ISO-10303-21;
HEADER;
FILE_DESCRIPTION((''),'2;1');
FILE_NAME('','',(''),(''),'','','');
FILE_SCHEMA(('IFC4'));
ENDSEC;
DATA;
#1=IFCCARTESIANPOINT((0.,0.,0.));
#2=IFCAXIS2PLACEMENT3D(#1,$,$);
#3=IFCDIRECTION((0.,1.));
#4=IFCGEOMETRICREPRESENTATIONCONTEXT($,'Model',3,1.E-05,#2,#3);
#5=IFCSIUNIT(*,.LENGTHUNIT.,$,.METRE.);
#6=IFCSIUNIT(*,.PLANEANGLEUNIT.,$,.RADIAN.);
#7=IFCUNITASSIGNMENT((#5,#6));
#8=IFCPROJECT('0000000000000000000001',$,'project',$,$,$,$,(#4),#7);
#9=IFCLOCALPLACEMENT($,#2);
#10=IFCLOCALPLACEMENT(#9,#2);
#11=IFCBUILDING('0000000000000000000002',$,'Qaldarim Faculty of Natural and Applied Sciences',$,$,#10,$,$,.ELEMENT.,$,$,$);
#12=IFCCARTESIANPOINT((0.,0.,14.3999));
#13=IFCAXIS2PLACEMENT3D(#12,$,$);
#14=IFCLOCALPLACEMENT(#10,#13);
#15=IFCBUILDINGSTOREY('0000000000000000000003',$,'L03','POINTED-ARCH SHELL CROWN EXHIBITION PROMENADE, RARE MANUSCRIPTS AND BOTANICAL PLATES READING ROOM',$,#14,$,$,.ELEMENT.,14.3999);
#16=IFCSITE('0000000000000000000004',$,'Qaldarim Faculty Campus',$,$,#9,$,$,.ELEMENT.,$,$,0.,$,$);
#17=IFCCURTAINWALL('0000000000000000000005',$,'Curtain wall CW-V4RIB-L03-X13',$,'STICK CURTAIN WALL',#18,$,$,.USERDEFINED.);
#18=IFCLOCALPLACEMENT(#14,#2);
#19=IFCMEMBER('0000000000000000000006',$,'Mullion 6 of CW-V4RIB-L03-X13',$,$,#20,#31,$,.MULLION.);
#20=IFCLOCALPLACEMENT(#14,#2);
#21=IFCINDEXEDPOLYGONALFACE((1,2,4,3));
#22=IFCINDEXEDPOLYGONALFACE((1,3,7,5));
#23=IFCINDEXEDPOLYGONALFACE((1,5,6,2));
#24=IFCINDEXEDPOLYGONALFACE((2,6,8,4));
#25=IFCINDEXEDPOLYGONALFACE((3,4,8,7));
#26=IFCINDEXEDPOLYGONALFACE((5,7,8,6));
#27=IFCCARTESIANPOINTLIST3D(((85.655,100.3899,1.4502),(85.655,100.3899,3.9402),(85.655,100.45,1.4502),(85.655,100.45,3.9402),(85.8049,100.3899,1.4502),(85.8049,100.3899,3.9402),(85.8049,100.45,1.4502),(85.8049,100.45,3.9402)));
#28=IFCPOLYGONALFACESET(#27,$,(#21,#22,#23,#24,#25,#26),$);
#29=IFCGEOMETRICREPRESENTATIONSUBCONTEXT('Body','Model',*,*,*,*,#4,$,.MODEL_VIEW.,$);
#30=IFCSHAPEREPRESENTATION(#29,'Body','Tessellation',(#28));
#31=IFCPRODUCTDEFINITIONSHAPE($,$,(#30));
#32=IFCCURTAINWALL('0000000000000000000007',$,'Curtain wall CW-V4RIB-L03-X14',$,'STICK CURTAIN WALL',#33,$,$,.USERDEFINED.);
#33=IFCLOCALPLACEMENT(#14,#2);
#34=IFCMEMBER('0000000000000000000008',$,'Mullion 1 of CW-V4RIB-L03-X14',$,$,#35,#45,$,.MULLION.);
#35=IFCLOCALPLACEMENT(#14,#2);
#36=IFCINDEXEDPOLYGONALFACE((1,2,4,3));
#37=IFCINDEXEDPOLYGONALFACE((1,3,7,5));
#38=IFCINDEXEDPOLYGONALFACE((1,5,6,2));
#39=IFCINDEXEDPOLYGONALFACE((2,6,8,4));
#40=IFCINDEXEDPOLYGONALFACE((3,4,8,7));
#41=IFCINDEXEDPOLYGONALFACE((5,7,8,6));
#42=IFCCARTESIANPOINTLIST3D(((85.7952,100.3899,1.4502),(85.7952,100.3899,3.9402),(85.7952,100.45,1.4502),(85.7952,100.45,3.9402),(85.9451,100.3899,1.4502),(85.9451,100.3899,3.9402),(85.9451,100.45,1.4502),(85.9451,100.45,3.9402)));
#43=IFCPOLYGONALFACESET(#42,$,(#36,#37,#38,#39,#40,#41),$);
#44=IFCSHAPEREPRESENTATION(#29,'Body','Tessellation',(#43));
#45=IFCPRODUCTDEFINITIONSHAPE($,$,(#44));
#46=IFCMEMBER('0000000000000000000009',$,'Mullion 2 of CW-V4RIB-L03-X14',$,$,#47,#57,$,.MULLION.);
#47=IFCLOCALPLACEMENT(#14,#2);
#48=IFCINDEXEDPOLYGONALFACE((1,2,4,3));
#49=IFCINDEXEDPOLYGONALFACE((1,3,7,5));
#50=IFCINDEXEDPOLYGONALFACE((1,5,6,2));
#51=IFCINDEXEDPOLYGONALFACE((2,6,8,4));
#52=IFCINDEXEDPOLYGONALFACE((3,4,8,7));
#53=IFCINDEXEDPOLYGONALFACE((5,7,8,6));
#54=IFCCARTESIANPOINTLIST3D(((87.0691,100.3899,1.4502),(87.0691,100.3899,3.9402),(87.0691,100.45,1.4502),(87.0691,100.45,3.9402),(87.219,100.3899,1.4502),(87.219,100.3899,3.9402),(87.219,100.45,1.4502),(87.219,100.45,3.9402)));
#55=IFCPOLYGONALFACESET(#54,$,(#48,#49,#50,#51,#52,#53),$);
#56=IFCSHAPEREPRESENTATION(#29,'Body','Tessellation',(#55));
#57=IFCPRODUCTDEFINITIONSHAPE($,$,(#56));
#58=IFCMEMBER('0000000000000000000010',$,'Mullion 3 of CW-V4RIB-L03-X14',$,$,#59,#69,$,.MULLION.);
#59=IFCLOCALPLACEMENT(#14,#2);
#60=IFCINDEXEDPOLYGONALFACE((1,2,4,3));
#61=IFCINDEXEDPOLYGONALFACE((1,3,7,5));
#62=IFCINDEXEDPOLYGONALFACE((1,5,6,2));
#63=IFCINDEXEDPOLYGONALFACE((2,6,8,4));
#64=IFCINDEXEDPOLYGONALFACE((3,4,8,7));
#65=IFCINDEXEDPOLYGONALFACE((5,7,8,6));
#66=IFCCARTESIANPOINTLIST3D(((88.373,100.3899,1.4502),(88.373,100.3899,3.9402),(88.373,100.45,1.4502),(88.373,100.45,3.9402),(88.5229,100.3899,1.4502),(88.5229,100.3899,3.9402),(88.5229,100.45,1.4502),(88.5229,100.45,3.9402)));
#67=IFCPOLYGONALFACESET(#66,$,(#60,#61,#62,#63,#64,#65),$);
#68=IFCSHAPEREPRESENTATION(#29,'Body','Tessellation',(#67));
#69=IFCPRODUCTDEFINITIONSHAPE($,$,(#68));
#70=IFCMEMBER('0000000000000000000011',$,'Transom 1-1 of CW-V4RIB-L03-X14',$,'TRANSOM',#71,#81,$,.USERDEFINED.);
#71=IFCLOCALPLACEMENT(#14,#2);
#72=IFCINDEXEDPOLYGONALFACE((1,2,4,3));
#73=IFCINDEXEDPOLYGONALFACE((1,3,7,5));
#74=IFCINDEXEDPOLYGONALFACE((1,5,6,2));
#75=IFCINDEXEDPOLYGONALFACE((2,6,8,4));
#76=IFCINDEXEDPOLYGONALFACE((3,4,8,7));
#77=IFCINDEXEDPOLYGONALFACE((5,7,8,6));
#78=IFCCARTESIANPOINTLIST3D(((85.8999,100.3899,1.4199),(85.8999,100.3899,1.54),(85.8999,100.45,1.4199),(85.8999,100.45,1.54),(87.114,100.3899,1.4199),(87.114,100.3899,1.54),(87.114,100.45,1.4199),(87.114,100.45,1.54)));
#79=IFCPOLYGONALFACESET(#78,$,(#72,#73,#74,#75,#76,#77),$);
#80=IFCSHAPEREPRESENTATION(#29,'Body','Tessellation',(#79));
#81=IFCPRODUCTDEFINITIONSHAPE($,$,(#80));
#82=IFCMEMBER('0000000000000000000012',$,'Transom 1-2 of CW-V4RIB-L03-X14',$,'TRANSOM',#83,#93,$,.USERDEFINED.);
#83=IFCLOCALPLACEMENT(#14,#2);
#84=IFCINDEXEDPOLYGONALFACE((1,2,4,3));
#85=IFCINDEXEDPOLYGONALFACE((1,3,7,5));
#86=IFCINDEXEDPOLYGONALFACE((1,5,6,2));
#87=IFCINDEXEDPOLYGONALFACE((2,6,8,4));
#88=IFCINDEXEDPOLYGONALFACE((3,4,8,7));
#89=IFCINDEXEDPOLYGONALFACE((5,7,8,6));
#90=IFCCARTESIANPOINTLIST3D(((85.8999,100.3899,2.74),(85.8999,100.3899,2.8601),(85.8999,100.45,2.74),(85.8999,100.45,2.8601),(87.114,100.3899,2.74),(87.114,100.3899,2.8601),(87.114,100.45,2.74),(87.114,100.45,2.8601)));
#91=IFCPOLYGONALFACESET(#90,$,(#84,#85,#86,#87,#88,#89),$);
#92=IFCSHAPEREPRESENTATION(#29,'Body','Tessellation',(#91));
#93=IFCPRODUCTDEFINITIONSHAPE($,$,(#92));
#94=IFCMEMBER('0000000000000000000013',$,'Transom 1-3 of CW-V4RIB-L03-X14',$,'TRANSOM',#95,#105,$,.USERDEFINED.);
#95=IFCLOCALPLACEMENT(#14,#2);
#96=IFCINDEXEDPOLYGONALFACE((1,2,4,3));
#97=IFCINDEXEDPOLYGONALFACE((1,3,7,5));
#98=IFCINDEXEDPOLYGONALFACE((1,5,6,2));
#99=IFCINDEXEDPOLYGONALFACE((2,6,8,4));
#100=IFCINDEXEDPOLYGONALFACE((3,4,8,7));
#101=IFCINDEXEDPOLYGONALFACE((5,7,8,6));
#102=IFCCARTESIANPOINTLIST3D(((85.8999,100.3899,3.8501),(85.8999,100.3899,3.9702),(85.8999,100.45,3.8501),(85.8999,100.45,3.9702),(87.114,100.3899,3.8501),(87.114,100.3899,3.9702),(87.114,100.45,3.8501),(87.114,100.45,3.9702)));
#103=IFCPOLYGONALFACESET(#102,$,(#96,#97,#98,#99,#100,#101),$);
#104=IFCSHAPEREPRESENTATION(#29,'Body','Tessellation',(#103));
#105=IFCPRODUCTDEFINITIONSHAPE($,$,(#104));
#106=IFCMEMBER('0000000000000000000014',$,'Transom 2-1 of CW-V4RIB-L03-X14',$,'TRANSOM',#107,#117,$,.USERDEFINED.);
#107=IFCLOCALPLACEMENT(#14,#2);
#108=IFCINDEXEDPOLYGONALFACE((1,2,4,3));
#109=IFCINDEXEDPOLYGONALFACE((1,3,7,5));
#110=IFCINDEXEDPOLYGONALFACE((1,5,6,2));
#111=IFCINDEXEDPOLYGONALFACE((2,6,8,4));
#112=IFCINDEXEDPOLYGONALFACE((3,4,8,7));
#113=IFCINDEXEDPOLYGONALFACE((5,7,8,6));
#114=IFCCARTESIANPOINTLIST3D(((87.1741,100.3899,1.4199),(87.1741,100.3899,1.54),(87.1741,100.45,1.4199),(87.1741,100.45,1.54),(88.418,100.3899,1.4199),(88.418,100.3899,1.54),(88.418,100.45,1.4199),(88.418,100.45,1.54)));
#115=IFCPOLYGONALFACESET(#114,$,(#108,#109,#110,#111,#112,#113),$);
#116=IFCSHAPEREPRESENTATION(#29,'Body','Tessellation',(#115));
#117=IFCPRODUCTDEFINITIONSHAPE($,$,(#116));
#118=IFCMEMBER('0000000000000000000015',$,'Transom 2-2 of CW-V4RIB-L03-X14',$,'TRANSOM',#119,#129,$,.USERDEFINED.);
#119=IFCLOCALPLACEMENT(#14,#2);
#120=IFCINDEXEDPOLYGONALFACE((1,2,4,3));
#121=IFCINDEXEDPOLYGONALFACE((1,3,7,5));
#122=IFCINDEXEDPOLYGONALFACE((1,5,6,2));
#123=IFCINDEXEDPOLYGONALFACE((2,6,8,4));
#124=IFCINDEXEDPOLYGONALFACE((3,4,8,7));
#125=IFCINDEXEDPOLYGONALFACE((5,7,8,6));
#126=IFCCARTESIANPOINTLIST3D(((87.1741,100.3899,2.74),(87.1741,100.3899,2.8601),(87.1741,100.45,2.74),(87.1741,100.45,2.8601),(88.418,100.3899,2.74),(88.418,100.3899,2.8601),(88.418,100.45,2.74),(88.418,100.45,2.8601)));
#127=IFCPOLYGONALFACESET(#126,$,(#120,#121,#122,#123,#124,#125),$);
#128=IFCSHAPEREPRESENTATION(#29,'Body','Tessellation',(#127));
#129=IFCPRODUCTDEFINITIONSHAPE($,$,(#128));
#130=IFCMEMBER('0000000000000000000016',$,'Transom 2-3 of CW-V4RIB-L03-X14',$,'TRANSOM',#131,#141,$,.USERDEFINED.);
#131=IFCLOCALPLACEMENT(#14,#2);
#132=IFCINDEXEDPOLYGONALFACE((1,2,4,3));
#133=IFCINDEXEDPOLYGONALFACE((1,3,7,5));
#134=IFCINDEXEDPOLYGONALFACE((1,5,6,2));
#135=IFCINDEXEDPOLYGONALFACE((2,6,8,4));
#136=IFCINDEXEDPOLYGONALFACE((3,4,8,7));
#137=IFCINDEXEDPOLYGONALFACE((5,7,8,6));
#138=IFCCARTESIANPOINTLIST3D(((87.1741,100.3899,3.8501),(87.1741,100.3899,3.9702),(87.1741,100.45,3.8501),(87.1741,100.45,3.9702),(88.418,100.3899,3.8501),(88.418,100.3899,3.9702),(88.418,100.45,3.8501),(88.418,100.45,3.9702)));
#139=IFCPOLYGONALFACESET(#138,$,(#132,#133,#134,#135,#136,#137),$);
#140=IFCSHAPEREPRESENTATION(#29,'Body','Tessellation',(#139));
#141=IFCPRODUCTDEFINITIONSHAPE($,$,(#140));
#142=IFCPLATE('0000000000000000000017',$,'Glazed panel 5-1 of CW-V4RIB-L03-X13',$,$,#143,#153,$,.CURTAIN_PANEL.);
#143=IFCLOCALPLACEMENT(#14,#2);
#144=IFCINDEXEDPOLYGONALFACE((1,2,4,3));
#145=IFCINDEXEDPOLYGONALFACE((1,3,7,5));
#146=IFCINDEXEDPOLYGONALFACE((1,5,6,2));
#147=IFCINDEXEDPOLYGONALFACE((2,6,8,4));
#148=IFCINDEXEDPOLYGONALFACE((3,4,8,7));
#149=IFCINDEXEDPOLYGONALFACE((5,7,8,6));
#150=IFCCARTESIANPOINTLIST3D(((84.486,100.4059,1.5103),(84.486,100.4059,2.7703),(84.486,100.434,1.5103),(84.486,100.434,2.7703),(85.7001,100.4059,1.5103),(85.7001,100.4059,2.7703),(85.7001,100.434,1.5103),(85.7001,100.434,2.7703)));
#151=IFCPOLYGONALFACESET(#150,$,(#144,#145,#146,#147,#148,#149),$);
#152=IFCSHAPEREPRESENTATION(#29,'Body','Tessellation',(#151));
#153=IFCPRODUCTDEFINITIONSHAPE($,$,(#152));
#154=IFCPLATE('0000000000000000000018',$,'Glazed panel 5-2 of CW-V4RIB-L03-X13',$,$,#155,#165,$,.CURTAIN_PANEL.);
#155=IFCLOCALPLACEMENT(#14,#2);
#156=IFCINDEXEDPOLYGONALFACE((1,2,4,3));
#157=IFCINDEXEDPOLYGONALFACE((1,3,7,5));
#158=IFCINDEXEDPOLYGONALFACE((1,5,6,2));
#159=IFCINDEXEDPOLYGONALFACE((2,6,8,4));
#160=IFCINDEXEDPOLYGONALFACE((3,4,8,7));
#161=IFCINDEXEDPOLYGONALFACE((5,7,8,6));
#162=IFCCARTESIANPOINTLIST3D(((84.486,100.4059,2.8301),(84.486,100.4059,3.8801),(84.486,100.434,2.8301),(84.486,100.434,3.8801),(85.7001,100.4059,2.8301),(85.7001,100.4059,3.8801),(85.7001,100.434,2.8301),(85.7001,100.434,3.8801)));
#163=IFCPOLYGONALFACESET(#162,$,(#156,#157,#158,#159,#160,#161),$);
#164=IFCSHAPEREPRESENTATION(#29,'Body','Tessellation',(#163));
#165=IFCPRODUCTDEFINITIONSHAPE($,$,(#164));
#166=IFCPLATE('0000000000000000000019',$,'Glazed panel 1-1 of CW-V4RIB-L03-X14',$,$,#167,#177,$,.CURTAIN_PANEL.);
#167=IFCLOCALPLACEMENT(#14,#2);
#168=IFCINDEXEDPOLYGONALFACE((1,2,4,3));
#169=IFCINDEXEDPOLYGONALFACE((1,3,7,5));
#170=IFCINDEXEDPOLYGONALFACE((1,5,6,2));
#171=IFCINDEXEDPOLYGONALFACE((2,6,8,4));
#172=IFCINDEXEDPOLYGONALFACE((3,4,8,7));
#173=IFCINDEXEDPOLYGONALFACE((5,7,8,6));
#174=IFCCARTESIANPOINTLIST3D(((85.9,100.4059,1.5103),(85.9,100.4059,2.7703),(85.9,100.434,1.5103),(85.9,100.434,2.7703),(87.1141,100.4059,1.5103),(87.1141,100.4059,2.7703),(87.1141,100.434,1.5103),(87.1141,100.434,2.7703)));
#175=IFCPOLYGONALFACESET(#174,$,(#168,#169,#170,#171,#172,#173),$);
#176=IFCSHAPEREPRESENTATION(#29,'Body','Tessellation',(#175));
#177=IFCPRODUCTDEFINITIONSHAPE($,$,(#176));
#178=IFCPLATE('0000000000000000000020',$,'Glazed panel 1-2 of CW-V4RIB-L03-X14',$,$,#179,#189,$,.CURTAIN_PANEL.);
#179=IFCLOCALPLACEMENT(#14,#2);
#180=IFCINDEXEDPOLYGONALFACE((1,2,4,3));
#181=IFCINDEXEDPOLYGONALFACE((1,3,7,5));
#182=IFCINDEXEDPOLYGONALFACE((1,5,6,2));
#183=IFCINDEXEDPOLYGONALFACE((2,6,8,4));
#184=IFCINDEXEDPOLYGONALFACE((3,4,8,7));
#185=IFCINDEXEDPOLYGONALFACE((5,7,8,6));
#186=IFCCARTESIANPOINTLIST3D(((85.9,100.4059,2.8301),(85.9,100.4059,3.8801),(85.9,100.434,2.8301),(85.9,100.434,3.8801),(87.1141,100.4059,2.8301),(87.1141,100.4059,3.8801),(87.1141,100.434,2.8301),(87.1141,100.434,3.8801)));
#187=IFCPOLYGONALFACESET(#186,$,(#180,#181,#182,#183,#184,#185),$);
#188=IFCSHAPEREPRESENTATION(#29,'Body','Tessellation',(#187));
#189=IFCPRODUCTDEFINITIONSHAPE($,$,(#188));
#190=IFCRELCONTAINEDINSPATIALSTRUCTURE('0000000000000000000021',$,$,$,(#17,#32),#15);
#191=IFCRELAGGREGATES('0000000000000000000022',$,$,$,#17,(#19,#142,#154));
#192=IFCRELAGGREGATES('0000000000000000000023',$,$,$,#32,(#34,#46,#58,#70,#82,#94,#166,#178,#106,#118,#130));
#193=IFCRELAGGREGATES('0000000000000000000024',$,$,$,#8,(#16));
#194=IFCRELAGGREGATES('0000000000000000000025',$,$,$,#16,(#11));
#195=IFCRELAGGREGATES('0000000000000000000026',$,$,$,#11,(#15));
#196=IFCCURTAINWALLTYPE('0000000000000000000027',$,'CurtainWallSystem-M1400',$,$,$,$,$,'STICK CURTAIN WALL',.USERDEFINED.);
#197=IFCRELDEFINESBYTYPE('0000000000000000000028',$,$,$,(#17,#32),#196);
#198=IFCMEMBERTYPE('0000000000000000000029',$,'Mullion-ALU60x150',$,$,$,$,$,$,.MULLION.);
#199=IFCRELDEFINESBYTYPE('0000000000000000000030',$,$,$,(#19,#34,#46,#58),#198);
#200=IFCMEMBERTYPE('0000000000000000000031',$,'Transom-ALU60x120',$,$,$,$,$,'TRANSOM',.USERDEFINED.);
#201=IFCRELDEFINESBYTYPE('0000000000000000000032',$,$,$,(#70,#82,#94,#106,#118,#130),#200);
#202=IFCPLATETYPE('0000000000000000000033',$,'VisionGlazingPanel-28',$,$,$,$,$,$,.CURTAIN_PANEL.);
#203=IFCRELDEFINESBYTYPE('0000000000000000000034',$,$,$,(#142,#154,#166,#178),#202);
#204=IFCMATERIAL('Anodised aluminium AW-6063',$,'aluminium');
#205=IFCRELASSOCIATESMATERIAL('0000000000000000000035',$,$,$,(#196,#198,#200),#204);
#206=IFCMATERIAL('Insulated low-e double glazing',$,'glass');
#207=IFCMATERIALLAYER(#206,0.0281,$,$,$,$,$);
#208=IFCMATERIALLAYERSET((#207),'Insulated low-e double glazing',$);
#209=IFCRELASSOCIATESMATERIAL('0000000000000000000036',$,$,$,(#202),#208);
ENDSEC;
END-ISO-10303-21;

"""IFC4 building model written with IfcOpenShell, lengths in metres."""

from ifc_helpers import new_model, si_unit, direction, frame, origin, origin_2d, place, context, subcontext, project, spatial, rectangle, extrude, material, layer, layer_set, material_profile, profile_set, type_object, element, aggregate, save


model = new_model("IFC4")

# Units and contexts
model_context = context("Model", 3, precision=1e-05, world=origin(), true_north=direction((0.0, 1.0)))
body_context = subcontext(model_context, "Body", "Model", "MODEL_VIEW")
ifc_project = project(units=[si_unit("LENGTHUNIT", "METRE"), si_unit("PLANEANGLEUNIT", "RADIAN")], contexts=[model_context])

# Site, building, storey
site_placement = place(None, origin())
site = spatial("IfcSite", under=ifc_project, at=site_placement, Name="Qaldarim Faculty Campus", CompositionType="ELEMENT", RefElevation=0.0)
building_placement = place(site_placement, origin())
building = spatial("IfcBuilding", under=site, at=building_placement, Name="Qaldarim Faculty of Natural and Applied Sciences", CompositionType="ELEMENT")
storey_placement = place(building_placement, frame((0.0, 0.0, 14.3999)))
storey = spatial("IfcBuildingStorey", under=building, at=storey_placement, Name="L03", Description="POINTED-ARCH SHELL CROWN EXHIBITION PROMENADE, RARE MANUSCRIPTS AND BOTANICAL PLATES READING ROOM", CompositionType="ELEMENT", Elevation=14.3999)

# Curtain wall, member
ifc_material_1 = material(Name="Anodised aluminium AW-6063", Category="aluminium")
curtain_wall_type = type_object("IfcCurtainWallType", Name="CurtainWallSystem-M1400", ElementType="STICK CURTAIN WALL", PredefinedType="USERDEFINED", material=ifc_material_1)
curtain_wall_1_placement = place(storey_placement, origin())
curtain_wall_1 = element("IfcCurtainWall", 1, at=curtain_wall_1_placement, inside=storey, type_object=curtain_wall_type, Name="Curtain wall CW-V4RIB-L03-X13", ObjectType="STICK CURTAIN WALL", PredefinedType="USERDEFINED")
ifc_material_profile_1 = material_profile(ifc_material_1, rectangle(XDim=0.0601, YDim=0.1499, at=origin_2d()), Name="ALU-M60x150")
ifc_profile_set_1 = profile_set([ifc_material_profile_1], Name="Anodised aluminium AW-6063")
member_type_1 = type_object("IfcMemberType", Name="Mullion-ALU60x150", PredefinedType="MULLION", material=ifc_profile_set_1)
member_1_placement = place(storey_placement, frame((85.73, 100.4199, 1.4502), z_axis=(0.0, 0.0, 1.0), x_axis=(0.0, 1.0, 0.0)))
member_1 = element("IfcMember", 2, at=member_1_placement, type_object=member_type_1, Name="Mullion 6 of CW-V4RIB-L03-X13", PredefinedType="MULLION", context=body_context, shape_type="SweptSolid", body=[
    extrude(rectangle(XDim=0.0601, YDim=0.1499, at=origin_2d()), origin(), (0.0, 0.0, 1.0), 2.49),
])

# Curtain wall, members
curtain_wall_2_placement = place(storey_placement, origin())
curtain_wall_2 = element("IfcCurtainWall", 3, at=curtain_wall_2_placement, inside=storey, type_object=curtain_wall_type, Name="Curtain wall CW-V4RIB-L03-X14", ObjectType="STICK CURTAIN WALL", PredefinedType="USERDEFINED")
member_2_placement = place(storey_placement, frame((85.8701, 100.4199, 1.4502), z_axis=(0.0, 0.0, 1.0), x_axis=(0.0, 1.0, 0.0)))
member_2 = element("IfcMember", 4, at=member_2_placement, type_object=member_type_1, Name="Mullion 1 of CW-V4RIB-L03-X14", PredefinedType="MULLION", context=body_context, shape_type="SweptSolid", body=[
    extrude(rectangle(XDim=0.0601, YDim=0.1499, at=origin_2d()), origin(), (0.0, 0.0, 1.0), 2.49),
])
member_3_placement = place(storey_placement, frame((87.144, 100.4199, 1.4502), z_axis=(0.0, 0.0, 1.0), x_axis=(0.0, 1.0, 0.0)))
member_3 = element("IfcMember", 5, at=member_3_placement, type_object=member_type_1, Name="Mullion 2 of CW-V4RIB-L03-X14", PredefinedType="MULLION", context=body_context, shape_type="SweptSolid", body=[
    extrude(rectangle(XDim=0.0601, YDim=0.1499, at=origin_2d()), origin(), (0.0, 0.0, 1.0), 2.49),
])
member_4_placement = place(storey_placement, frame((88.448, 100.4199, 1.4502), z_axis=(0.0, 0.0, 1.0), x_axis=(0.0, 1.0, 0.0)))
member_4 = element("IfcMember", 6, at=member_4_placement, type_object=member_type_1, Name="Mullion 3 of CW-V4RIB-L03-X14", PredefinedType="MULLION", context=body_context, shape_type="SweptSolid", body=[
    extrude(rectangle(XDim=0.0601, YDim=0.1499, at=origin_2d()), origin(), (0.0, 0.0, 1.0), 2.49),
])
ifc_material_profile_2 = material_profile(ifc_material_1, rectangle(XDim=0.0601, YDim=0.1201, at=origin_2d()), Name="ALU-T60x120")
ifc_profile_set_2 = profile_set([ifc_material_profile_2], Name="Anodised aluminium AW-6063")
member_type_2 = type_object("IfcMemberType", Name="Transom-ALU60x120", ElementType="TRANSOM", PredefinedType="USERDEFINED", material=ifc_profile_set_2)
member_5_placement = place(storey_placement, frame((85.8999, 100.4199, 1.48), z_axis=(1.0, 0.0, 0.0), x_axis=(0.0, 1.0, 0.0)))
member_5 = element("IfcMember", 7, at=member_5_placement, type_object=member_type_2, Name="Transom 1-1 of CW-V4RIB-L03-X14", ObjectType="TRANSOM", PredefinedType="USERDEFINED", context=body_context, shape_type="SweptSolid", body=[
    extrude(rectangle(XDim=0.0601, YDim=0.1201, at=origin_2d()), origin(), (0.0, 0.0, 1.0), 1.2141),
])
member_6_placement = place(storey_placement, frame((85.8999, 100.4199, 2.8), z_axis=(1.0, 0.0, 0.0), x_axis=(0.0, 1.0, 0.0)))
member_6 = element("IfcMember", 8, at=member_6_placement, type_object=member_type_2, Name="Transom 1-2 of CW-V4RIB-L03-X14", ObjectType="TRANSOM", PredefinedType="USERDEFINED", context=body_context, shape_type="SweptSolid", body=[
    extrude(rectangle(XDim=0.0601, YDim=0.1201, at=origin_2d()), origin(), (0.0, 0.0, 1.0), 1.2141),
])
member_7_placement = place(storey_placement, frame((85.8999, 100.4199, 3.9102), z_axis=(1.0, 0.0, 0.0), x_axis=(0.0, 1.0, 0.0)))
member_7 = element("IfcMember", 9, at=member_7_placement, type_object=member_type_2, Name="Transom 1-3 of CW-V4RIB-L03-X14", ObjectType="TRANSOM", PredefinedType="USERDEFINED", context=body_context, shape_type="SweptSolid", body=[
    extrude(rectangle(XDim=0.0601, YDim=0.1201, at=origin_2d()), origin(), (0.0, 0.0, 1.0), 1.2141),
])
member_8_placement = place(storey_placement, frame((87.1741, 100.4199, 1.48), z_axis=(1.0, 0.0, 0.0), x_axis=(0.0, 1.0, 0.0)))
member_8 = element("IfcMember", 10, at=member_8_placement, type_object=member_type_2, Name="Transom 2-1 of CW-V4RIB-L03-X14", ObjectType="TRANSOM", PredefinedType="USERDEFINED", context=body_context, shape_type="SweptSolid", body=[
    extrude(rectangle(XDim=0.0601, YDim=0.1201, at=origin_2d()), origin(), (0.0, 0.0, 1.0), 1.2439),
])
member_9_placement = place(storey_placement, frame((87.1741, 100.4199, 2.8), z_axis=(1.0, 0.0, 0.0), x_axis=(0.0, 1.0, 0.0)))
member_9 = element("IfcMember", 11, at=member_9_placement, type_object=member_type_2, Name="Transom 2-2 of CW-V4RIB-L03-X14", ObjectType="TRANSOM", PredefinedType="USERDEFINED", context=body_context, shape_type="SweptSolid", body=[
    extrude(rectangle(XDim=0.0601, YDim=0.1201, at=origin_2d()), origin(), (0.0, 0.0, 1.0), 1.2439),
])
member_10_placement = place(storey_placement, frame((87.1741, 100.4199, 3.9102), z_axis=(1.0, 0.0, 0.0), x_axis=(0.0, 1.0, 0.0)))
member_10 = element("IfcMember", 12, at=member_10_placement, type_object=member_type_2, Name="Transom 2-3 of CW-V4RIB-L03-X14", ObjectType="TRANSOM", PredefinedType="USERDEFINED", context=body_context, shape_type="SweptSolid", body=[
    extrude(rectangle(XDim=0.0601, YDim=0.1201, at=origin_2d()), origin(), (0.0, 0.0, 1.0), 1.2439),
])

# Plates
ifc_material_2 = material(Name="Insulated low-e double glazing", Category="glass")
ifc_layer_1 = layer(ifc_material_2, 0.0281)
ifc_layer_set_1 = layer_set([ifc_layer_1], Name="Insulated low-e double glazing")
plate_type = type_object("IfcPlateType", Name="VisionGlazingPanel-28", PredefinedType="CURTAIN_PANEL", material=ifc_layer_set_1)
plate_1_placement = place(storey_placement, frame((85.093, 100.4199, 1.5103), z_axis=(0.0, 0.0, 1.0), x_axis=(1.0, 0.0, 0.0)))
plate_1 = element("IfcPlate", 13, at=plate_1_placement, type_object=plate_type, Name="Glazed panel 5-1 of CW-V4RIB-L03-X13", PredefinedType="CURTAIN_PANEL", context=body_context, shape_type="SweptSolid", body=[
    extrude(rectangle(XDim=1.2141, YDim=0.0281, at=origin_2d()), origin(), (0.0, 0.0, 1.0), 1.26),
])
plate_2_placement = place(storey_placement, frame((85.093, 100.4199, 2.8301), z_axis=(0.0, 0.0, 1.0), x_axis=(1.0, 0.0, 0.0)))
plate_2 = element("IfcPlate", 14, at=plate_2_placement, type_object=plate_type, Name="Glazed panel 5-2 of CW-V4RIB-L03-X13", PredefinedType="CURTAIN_PANEL", context=body_context, shape_type="SweptSolid", body=[
    extrude(rectangle(XDim=1.2141, YDim=0.0281, at=origin_2d()), origin(), (0.0, 0.0, 1.0), 1.05),
])
aggregate(curtain_wall_1, [member_1, plate_1, plate_2])
plate_3_placement = place(storey_placement, frame((86.5071, 100.4199, 1.5103), z_axis=(0.0, 0.0, 1.0), x_axis=(1.0, 0.0, 0.0)))
plate_3 = element("IfcPlate", 15, at=plate_3_placement, type_object=plate_type, Name="Glazed panel 1-1 of CW-V4RIB-L03-X14", PredefinedType="CURTAIN_PANEL", context=body_context, shape_type="SweptSolid", body=[
    extrude(rectangle(XDim=1.2141, YDim=0.0281, at=origin_2d()), origin(), (0.0, 0.0, 1.0), 1.26),
])
plate_4_placement = place(storey_placement, frame((86.5071, 100.4199, 2.8301), z_axis=(0.0, 0.0, 1.0), x_axis=(1.0, 0.0, 0.0)))
plate_4 = element("IfcPlate", 16, at=plate_4_placement, type_object=plate_type, Name="Glazed panel 1-2 of CW-V4RIB-L03-X14", PredefinedType="CURTAIN_PANEL", context=body_context, shape_type="SweptSolid", body=[
    extrude(rectangle(XDim=1.2141, YDim=0.0281, at=origin_2d()), origin(), (0.0, 0.0, 1.0), 1.05),
])
aggregate(curtain_wall_2, [member_2, member_3, member_4, member_5, member_6, member_7, plate_3, plate_4, member_8, member_9, member_10])

save(model, "model.ifc")
